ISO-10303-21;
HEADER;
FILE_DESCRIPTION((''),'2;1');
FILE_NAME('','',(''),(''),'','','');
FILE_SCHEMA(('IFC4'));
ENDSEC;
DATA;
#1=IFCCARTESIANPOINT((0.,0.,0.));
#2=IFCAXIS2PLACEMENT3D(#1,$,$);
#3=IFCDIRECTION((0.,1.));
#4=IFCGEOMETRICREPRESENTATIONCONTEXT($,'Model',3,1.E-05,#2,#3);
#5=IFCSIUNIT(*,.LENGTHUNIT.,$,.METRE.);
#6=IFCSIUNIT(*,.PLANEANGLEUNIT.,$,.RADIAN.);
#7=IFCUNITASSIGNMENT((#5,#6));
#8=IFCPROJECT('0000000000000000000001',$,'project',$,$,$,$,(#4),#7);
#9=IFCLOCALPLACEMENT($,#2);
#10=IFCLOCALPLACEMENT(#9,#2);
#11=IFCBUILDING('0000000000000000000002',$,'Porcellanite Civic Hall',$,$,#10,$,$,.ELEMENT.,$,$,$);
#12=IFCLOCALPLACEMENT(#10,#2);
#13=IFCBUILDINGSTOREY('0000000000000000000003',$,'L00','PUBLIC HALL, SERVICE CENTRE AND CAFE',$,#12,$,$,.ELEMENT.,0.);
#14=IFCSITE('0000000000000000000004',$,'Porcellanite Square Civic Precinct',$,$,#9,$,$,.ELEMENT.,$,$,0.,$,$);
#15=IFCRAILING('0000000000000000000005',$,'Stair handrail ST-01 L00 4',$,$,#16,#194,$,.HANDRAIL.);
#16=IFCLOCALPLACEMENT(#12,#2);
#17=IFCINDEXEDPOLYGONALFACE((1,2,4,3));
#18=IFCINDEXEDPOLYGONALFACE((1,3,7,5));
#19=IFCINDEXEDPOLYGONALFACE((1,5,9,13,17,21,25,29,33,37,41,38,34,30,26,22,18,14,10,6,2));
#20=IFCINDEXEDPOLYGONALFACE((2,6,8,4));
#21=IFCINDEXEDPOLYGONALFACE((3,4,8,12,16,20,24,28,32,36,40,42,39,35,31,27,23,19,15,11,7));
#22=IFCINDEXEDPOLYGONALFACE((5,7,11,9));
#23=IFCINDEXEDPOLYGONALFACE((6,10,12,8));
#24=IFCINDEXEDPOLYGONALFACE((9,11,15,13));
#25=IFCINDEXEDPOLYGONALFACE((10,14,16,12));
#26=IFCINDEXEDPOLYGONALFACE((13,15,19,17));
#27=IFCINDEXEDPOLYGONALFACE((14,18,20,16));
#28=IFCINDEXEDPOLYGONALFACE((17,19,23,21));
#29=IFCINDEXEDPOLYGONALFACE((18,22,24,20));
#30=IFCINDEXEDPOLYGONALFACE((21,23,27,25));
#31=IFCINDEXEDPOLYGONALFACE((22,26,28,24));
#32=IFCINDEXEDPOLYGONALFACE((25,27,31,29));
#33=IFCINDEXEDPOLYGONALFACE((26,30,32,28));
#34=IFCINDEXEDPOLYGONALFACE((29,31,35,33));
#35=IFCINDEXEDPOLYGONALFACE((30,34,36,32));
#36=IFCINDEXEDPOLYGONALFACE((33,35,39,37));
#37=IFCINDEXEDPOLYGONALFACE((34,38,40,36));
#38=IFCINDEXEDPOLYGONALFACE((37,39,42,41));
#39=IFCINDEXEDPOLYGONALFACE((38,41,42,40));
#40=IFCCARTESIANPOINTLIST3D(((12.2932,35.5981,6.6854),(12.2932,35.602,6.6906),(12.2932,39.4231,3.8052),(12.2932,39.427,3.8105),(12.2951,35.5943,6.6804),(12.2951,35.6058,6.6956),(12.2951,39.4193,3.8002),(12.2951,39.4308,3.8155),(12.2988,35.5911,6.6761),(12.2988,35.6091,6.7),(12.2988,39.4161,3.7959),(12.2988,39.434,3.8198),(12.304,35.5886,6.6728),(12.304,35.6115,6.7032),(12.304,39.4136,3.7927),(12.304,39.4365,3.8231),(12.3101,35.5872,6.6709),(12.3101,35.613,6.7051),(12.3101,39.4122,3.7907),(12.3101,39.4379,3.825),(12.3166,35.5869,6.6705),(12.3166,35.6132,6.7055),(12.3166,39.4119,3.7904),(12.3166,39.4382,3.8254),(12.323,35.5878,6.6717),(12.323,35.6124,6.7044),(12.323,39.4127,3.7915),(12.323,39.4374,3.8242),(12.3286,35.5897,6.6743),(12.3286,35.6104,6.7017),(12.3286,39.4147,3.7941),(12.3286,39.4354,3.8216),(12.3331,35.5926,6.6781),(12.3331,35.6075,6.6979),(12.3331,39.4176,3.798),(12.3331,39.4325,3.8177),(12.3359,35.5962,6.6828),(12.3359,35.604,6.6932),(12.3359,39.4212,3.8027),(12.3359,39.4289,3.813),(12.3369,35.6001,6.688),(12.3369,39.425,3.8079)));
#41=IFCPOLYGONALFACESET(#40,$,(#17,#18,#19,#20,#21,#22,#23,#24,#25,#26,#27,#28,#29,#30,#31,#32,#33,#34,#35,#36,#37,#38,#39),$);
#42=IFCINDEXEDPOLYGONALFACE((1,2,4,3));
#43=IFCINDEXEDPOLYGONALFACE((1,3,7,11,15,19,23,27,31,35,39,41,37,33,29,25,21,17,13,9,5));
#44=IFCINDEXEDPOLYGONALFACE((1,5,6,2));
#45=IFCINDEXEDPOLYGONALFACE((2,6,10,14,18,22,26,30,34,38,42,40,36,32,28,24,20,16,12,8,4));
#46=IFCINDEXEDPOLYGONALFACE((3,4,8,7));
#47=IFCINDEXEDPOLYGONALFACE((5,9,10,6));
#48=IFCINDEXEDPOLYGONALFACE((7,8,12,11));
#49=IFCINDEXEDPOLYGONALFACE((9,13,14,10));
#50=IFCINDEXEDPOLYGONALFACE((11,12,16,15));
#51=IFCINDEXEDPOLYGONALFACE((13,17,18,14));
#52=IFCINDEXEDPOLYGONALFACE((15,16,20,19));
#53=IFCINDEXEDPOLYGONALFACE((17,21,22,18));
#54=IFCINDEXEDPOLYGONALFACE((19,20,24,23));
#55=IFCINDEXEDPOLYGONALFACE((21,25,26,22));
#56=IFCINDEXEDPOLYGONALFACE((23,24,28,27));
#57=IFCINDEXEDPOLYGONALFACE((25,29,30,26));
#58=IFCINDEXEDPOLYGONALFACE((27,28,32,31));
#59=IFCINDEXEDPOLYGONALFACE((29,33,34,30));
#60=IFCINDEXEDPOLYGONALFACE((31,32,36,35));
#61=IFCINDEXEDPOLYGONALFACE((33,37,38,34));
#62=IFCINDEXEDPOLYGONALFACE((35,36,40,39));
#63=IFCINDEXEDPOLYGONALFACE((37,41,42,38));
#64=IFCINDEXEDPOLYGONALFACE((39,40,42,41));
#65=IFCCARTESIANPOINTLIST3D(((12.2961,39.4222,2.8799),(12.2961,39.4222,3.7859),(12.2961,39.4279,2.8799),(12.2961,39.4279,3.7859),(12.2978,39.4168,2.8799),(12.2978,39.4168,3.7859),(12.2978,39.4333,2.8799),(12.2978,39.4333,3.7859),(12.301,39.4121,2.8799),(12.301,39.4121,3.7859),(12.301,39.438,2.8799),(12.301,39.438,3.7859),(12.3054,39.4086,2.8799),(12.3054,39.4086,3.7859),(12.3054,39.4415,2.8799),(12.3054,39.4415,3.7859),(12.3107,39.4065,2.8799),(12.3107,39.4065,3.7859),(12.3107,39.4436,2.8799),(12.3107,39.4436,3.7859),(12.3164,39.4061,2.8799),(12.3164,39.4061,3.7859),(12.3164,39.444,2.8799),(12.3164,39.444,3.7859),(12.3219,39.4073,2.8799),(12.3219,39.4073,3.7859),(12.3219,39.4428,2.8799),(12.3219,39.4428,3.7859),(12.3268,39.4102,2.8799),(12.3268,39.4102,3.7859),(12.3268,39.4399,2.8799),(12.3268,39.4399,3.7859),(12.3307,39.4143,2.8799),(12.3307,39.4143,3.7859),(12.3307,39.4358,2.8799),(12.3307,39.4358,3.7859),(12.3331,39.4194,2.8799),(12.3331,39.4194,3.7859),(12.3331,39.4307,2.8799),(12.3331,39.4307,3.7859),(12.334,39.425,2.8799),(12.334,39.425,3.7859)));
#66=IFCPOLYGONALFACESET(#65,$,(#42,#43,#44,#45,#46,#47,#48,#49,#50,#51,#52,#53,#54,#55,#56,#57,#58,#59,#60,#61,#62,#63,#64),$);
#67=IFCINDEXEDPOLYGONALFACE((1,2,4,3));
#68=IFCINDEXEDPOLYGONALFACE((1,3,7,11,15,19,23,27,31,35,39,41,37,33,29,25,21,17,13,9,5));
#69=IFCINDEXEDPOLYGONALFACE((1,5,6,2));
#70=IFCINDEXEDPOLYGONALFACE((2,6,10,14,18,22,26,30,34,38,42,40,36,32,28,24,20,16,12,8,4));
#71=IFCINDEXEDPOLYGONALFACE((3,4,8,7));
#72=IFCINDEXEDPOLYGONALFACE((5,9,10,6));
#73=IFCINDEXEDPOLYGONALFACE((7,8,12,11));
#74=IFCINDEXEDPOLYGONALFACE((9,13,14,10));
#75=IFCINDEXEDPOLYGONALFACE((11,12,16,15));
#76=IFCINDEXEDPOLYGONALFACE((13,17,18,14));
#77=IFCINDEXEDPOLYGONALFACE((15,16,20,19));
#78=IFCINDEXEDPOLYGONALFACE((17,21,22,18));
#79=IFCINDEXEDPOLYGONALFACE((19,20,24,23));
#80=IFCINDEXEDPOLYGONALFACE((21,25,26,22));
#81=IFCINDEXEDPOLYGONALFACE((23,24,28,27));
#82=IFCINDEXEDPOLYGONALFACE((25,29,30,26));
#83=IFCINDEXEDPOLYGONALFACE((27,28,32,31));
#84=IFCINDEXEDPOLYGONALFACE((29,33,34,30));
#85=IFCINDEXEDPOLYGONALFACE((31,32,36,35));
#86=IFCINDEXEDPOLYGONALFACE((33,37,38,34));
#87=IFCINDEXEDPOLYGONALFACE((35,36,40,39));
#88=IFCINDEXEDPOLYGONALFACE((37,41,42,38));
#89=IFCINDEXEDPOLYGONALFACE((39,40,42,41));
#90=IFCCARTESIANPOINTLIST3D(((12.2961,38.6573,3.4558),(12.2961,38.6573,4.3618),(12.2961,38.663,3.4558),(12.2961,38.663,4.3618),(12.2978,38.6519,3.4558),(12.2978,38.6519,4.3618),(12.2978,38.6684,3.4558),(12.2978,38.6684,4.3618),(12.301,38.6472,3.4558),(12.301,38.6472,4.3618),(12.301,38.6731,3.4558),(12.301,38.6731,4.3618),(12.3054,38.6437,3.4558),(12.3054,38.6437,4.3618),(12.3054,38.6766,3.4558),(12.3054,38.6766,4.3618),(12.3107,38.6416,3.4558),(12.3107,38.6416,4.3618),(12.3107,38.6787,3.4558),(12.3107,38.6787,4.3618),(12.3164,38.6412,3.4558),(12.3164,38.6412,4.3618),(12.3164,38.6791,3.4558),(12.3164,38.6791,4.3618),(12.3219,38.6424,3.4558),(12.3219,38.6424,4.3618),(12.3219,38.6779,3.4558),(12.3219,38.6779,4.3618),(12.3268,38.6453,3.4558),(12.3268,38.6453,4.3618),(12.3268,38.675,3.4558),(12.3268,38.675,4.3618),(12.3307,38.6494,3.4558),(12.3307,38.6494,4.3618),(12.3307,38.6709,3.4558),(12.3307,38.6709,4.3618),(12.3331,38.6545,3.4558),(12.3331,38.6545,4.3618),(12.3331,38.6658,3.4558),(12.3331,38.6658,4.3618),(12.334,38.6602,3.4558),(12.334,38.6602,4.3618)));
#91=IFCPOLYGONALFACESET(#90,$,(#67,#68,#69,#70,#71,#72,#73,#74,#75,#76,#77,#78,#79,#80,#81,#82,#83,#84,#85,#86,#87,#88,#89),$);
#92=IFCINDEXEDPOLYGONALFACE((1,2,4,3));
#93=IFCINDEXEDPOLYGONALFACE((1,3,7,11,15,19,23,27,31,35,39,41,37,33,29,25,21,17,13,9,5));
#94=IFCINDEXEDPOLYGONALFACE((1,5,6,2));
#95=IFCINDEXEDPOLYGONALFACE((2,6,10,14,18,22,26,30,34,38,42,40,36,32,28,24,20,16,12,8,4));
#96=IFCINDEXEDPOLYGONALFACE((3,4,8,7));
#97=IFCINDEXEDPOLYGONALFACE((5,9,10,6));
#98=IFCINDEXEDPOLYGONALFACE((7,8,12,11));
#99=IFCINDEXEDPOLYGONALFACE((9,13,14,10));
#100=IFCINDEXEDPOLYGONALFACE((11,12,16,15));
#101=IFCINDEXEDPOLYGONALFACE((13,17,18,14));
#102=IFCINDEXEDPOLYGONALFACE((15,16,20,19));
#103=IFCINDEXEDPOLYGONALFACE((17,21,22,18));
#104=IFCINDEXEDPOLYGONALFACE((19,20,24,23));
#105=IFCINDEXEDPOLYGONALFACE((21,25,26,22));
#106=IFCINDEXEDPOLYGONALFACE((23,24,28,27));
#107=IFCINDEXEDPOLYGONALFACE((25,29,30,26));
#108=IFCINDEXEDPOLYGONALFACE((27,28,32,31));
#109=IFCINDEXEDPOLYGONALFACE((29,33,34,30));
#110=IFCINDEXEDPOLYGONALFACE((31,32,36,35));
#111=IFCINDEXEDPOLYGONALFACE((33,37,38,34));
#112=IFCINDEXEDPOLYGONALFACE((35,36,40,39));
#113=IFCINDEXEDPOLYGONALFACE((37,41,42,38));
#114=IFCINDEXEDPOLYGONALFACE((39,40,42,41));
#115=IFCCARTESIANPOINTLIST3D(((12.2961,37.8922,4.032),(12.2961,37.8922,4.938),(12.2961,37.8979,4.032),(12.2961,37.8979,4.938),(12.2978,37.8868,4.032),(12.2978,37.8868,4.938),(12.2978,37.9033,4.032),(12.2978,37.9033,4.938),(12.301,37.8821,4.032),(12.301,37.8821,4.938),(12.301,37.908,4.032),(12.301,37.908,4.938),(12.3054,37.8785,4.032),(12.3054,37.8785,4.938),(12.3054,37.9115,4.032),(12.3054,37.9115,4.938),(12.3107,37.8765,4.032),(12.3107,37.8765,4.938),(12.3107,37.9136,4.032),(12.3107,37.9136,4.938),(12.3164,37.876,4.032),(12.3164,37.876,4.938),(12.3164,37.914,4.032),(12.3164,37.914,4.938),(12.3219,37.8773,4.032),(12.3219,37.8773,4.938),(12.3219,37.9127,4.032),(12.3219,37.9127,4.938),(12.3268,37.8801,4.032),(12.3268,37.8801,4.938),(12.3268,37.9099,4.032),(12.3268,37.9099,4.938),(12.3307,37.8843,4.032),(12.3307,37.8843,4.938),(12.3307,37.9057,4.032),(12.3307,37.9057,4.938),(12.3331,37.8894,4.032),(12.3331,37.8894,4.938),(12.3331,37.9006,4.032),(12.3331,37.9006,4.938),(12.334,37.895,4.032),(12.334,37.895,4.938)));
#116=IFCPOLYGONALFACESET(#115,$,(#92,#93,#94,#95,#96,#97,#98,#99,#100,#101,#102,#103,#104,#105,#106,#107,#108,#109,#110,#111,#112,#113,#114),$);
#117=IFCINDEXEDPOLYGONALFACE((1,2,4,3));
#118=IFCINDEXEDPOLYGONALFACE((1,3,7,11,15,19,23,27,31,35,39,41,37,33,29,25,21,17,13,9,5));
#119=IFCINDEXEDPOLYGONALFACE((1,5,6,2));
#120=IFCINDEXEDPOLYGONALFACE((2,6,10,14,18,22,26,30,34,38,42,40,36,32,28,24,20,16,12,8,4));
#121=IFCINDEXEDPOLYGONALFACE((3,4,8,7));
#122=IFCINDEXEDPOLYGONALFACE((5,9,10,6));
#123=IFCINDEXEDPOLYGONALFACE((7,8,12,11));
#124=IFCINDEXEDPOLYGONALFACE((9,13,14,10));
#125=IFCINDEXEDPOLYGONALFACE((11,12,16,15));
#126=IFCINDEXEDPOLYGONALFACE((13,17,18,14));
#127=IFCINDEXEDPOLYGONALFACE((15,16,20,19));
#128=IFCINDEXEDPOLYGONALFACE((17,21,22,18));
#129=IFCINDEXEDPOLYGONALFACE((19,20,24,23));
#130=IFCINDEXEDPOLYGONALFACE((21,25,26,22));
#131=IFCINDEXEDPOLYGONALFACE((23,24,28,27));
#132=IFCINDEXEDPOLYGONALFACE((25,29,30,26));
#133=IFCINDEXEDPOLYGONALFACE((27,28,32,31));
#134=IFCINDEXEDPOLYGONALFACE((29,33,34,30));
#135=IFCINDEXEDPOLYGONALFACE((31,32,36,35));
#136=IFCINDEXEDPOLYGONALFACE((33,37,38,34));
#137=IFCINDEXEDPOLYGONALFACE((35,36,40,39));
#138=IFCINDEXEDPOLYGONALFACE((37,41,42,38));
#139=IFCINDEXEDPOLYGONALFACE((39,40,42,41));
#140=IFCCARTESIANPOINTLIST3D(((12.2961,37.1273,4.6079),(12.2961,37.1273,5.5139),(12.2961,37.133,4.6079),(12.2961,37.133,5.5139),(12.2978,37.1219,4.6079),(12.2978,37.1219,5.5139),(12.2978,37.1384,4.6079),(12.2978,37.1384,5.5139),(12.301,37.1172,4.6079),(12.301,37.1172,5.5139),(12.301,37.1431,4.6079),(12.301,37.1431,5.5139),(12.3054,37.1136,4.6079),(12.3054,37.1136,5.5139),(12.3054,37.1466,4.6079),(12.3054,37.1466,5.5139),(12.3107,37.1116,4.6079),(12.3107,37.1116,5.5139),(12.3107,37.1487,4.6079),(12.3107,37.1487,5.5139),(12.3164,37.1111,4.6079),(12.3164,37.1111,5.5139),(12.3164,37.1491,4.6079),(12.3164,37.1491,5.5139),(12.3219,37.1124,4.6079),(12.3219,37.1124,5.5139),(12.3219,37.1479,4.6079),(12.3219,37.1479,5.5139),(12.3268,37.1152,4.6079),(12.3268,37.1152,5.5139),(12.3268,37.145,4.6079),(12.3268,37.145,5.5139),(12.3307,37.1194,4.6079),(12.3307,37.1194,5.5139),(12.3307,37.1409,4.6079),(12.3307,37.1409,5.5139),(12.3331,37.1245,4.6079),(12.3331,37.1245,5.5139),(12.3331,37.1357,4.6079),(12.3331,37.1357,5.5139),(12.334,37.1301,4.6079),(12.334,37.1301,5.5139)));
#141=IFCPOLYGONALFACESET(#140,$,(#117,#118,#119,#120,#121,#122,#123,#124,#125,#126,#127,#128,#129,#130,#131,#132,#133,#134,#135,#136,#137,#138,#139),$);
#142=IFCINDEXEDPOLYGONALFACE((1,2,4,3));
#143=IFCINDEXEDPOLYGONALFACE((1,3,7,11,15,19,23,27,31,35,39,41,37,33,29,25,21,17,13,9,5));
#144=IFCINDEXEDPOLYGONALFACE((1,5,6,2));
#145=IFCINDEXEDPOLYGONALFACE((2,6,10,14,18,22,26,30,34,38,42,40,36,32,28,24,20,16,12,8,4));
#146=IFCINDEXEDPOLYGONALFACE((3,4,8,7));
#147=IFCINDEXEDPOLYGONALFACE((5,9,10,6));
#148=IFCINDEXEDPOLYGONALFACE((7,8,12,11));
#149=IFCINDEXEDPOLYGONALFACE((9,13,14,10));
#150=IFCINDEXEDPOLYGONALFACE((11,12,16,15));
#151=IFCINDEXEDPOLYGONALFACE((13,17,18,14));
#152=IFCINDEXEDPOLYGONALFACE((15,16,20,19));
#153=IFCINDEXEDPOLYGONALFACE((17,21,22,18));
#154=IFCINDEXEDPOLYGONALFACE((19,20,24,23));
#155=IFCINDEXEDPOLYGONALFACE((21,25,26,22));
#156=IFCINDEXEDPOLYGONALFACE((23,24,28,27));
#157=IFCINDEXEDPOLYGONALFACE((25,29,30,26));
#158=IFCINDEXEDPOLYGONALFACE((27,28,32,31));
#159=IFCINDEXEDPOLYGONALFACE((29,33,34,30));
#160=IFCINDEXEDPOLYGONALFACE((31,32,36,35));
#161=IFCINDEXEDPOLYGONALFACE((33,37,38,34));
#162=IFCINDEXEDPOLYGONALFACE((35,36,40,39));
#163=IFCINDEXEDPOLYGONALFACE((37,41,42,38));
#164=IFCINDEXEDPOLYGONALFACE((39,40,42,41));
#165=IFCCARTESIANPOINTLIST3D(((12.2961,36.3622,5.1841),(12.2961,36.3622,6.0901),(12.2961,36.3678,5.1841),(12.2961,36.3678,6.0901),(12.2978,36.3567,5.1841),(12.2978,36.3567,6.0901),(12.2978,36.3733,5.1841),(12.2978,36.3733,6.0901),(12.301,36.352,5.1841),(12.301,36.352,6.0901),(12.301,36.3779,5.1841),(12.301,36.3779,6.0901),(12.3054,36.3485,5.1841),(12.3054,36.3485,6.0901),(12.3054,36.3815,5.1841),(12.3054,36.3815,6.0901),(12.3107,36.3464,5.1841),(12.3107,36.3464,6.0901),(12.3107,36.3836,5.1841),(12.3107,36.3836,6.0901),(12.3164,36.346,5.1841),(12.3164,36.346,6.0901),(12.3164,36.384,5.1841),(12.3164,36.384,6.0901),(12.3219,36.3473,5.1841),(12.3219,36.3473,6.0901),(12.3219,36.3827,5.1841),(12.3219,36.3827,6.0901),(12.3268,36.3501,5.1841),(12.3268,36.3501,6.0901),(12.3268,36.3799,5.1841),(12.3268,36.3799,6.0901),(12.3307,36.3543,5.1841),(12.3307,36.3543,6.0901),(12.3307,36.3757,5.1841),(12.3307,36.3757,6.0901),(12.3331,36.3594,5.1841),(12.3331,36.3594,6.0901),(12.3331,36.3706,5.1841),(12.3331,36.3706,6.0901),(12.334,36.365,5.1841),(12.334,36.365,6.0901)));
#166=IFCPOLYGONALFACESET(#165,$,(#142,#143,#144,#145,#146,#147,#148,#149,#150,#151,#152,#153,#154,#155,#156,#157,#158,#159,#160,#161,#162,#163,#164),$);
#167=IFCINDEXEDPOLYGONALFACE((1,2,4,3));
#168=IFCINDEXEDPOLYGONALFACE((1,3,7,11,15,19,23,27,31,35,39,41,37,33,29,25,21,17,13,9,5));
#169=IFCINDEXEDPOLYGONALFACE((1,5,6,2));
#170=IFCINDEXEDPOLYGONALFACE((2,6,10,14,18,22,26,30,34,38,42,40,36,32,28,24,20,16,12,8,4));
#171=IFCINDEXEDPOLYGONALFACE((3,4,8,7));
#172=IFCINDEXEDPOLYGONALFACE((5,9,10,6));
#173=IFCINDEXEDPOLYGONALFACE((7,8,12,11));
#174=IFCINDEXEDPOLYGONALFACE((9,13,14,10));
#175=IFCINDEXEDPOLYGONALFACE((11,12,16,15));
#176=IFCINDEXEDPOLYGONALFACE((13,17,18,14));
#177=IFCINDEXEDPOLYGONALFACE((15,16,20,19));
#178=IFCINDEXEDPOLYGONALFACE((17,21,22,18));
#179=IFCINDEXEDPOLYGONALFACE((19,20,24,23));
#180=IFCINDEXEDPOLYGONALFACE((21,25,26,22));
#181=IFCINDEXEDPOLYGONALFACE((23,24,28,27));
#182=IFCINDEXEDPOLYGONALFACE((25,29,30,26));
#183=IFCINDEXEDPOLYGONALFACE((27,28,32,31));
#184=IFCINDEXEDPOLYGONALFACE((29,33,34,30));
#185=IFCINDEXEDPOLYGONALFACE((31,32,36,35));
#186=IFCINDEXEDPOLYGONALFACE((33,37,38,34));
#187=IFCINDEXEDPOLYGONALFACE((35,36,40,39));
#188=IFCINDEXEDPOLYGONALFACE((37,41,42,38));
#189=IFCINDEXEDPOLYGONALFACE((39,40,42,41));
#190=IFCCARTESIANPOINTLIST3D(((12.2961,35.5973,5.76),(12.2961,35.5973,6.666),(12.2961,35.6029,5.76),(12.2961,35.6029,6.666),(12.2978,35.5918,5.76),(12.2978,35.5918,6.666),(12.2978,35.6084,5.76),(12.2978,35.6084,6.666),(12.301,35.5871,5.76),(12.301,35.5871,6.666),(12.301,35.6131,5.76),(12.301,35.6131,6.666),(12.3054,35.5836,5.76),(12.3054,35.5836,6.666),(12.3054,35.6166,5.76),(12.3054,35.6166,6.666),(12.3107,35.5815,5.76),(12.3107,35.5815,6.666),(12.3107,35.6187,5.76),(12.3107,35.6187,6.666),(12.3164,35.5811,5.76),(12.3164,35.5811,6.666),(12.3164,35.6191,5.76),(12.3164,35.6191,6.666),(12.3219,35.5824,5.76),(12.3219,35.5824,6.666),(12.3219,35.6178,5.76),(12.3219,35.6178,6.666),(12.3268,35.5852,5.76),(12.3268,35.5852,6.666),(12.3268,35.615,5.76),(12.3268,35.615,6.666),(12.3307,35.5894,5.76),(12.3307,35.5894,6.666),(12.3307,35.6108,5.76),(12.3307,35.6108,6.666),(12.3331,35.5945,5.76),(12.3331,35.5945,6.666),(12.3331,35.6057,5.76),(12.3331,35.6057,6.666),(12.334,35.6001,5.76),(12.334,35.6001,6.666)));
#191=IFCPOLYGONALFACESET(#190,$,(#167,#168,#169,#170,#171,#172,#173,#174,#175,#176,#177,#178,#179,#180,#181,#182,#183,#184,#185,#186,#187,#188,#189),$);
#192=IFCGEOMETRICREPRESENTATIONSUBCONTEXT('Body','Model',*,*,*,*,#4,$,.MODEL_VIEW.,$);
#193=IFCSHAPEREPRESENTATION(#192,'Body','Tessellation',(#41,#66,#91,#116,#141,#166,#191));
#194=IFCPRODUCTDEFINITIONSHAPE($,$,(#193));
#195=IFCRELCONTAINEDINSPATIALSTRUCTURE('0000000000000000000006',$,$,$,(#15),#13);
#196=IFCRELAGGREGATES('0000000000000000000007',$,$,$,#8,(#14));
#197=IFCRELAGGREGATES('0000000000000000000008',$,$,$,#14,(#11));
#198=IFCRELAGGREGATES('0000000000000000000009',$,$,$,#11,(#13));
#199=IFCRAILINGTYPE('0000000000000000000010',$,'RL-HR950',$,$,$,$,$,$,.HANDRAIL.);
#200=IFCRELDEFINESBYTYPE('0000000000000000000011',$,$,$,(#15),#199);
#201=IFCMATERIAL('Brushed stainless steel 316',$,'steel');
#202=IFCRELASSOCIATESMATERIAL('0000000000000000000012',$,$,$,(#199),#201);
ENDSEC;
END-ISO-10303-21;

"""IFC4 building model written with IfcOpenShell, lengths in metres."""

from ifc_helpers import new_model, si_unit, direction, frame, origin, origin_2d, place, context, subcontext, project, spatial, circle, extrude, material, type_object, element, save


model = new_model("IFC4")

# Units and contexts
model_context = context("Model", 3, precision=1e-05, world=origin(), true_north=direction((0.0, 1.0)))
body_context = subcontext(model_context, "Body", "Model", "MODEL_VIEW")
ifc_project = project(units=[si_unit("LENGTHUNIT", "METRE"), si_unit("PLANEANGLEUNIT", "RADIAN")], contexts=[model_context])

# Site, building, storey
site_placement = place(None, origin())
site = spatial("IfcSite", under=ifc_project, at=site_placement, Name="Porcellanite Square Civic Precinct", CompositionType="ELEMENT", RefElevation=0.0)
building_placement = place(site_placement, origin())
building = spatial("IfcBuilding", under=site, at=building_placement, Name="Porcellanite Civic Hall", CompositionType="ELEMENT")
storey_placement = place(building_placement, origin())
storey = spatial("IfcBuildingStorey", under=building, at=storey_placement, Name="L00", Description="PUBLIC HALL, SERVICE CENTRE AND CAFE", CompositionType="ELEMENT", Elevation=0.0)

# Railing
ifc_material_1 = material(Name="Brushed stainless steel 316", Category="steel")
railing_type = type_object("IfcRailingType", Name="RL-HR950", PredefinedType="HANDRAIL", material=ifc_material_1)
railing_placement = place(storey_placement, frame((12.3149, 39.425, 2.8799)))
element("IfcRailing", 1, at=railing_placement, inside=storey, type_object=railing_type, Name="Stair handrail ST-01 L00 4", PredefinedType="HANDRAIL", context=body_context, shape_type="SweptSolid", body=[
    extrude(circle(Radius=0.022, at=origin_2d()), frame((0.0, 0.0, 0.928), z_axis=(0.0, -0.798854, 0.601525), x_axis=(1.0, 0.0, 0.0)), (0.0, 0.0, 1.0), 4.7881),
    extrude(circle(Radius=0.019, at=origin_2d()), origin(), (0.0, 0.0, 1.0), 0.906),
    extrude(circle(Radius=0.019, at=origin_2d()), frame((0.0, -0.7649, 0.5759)), (0.0, 0.0, 1.0), 0.906),
    extrude(circle(Radius=0.019, at=origin_2d()), frame((0.0, -1.53, 1.1521)), (0.0, 0.0, 1.0), 0.906),
    extrude(circle(Radius=0.019, at=origin_2d()), frame((0.0, -2.2949, 1.728)), (0.0, 0.0, 1.0), 0.906),
    extrude(circle(Radius=0.019, at=origin_2d()), frame((0.0, -3.0601, 2.3042)), (0.0, 0.0, 1.0), 0.906),
    extrude(circle(Radius=0.019, at=origin_2d()), frame((0.0, -3.825, 2.8801)), (0.0, 0.0, 1.0), 0.906),
])

save(model, "model.ifc")
